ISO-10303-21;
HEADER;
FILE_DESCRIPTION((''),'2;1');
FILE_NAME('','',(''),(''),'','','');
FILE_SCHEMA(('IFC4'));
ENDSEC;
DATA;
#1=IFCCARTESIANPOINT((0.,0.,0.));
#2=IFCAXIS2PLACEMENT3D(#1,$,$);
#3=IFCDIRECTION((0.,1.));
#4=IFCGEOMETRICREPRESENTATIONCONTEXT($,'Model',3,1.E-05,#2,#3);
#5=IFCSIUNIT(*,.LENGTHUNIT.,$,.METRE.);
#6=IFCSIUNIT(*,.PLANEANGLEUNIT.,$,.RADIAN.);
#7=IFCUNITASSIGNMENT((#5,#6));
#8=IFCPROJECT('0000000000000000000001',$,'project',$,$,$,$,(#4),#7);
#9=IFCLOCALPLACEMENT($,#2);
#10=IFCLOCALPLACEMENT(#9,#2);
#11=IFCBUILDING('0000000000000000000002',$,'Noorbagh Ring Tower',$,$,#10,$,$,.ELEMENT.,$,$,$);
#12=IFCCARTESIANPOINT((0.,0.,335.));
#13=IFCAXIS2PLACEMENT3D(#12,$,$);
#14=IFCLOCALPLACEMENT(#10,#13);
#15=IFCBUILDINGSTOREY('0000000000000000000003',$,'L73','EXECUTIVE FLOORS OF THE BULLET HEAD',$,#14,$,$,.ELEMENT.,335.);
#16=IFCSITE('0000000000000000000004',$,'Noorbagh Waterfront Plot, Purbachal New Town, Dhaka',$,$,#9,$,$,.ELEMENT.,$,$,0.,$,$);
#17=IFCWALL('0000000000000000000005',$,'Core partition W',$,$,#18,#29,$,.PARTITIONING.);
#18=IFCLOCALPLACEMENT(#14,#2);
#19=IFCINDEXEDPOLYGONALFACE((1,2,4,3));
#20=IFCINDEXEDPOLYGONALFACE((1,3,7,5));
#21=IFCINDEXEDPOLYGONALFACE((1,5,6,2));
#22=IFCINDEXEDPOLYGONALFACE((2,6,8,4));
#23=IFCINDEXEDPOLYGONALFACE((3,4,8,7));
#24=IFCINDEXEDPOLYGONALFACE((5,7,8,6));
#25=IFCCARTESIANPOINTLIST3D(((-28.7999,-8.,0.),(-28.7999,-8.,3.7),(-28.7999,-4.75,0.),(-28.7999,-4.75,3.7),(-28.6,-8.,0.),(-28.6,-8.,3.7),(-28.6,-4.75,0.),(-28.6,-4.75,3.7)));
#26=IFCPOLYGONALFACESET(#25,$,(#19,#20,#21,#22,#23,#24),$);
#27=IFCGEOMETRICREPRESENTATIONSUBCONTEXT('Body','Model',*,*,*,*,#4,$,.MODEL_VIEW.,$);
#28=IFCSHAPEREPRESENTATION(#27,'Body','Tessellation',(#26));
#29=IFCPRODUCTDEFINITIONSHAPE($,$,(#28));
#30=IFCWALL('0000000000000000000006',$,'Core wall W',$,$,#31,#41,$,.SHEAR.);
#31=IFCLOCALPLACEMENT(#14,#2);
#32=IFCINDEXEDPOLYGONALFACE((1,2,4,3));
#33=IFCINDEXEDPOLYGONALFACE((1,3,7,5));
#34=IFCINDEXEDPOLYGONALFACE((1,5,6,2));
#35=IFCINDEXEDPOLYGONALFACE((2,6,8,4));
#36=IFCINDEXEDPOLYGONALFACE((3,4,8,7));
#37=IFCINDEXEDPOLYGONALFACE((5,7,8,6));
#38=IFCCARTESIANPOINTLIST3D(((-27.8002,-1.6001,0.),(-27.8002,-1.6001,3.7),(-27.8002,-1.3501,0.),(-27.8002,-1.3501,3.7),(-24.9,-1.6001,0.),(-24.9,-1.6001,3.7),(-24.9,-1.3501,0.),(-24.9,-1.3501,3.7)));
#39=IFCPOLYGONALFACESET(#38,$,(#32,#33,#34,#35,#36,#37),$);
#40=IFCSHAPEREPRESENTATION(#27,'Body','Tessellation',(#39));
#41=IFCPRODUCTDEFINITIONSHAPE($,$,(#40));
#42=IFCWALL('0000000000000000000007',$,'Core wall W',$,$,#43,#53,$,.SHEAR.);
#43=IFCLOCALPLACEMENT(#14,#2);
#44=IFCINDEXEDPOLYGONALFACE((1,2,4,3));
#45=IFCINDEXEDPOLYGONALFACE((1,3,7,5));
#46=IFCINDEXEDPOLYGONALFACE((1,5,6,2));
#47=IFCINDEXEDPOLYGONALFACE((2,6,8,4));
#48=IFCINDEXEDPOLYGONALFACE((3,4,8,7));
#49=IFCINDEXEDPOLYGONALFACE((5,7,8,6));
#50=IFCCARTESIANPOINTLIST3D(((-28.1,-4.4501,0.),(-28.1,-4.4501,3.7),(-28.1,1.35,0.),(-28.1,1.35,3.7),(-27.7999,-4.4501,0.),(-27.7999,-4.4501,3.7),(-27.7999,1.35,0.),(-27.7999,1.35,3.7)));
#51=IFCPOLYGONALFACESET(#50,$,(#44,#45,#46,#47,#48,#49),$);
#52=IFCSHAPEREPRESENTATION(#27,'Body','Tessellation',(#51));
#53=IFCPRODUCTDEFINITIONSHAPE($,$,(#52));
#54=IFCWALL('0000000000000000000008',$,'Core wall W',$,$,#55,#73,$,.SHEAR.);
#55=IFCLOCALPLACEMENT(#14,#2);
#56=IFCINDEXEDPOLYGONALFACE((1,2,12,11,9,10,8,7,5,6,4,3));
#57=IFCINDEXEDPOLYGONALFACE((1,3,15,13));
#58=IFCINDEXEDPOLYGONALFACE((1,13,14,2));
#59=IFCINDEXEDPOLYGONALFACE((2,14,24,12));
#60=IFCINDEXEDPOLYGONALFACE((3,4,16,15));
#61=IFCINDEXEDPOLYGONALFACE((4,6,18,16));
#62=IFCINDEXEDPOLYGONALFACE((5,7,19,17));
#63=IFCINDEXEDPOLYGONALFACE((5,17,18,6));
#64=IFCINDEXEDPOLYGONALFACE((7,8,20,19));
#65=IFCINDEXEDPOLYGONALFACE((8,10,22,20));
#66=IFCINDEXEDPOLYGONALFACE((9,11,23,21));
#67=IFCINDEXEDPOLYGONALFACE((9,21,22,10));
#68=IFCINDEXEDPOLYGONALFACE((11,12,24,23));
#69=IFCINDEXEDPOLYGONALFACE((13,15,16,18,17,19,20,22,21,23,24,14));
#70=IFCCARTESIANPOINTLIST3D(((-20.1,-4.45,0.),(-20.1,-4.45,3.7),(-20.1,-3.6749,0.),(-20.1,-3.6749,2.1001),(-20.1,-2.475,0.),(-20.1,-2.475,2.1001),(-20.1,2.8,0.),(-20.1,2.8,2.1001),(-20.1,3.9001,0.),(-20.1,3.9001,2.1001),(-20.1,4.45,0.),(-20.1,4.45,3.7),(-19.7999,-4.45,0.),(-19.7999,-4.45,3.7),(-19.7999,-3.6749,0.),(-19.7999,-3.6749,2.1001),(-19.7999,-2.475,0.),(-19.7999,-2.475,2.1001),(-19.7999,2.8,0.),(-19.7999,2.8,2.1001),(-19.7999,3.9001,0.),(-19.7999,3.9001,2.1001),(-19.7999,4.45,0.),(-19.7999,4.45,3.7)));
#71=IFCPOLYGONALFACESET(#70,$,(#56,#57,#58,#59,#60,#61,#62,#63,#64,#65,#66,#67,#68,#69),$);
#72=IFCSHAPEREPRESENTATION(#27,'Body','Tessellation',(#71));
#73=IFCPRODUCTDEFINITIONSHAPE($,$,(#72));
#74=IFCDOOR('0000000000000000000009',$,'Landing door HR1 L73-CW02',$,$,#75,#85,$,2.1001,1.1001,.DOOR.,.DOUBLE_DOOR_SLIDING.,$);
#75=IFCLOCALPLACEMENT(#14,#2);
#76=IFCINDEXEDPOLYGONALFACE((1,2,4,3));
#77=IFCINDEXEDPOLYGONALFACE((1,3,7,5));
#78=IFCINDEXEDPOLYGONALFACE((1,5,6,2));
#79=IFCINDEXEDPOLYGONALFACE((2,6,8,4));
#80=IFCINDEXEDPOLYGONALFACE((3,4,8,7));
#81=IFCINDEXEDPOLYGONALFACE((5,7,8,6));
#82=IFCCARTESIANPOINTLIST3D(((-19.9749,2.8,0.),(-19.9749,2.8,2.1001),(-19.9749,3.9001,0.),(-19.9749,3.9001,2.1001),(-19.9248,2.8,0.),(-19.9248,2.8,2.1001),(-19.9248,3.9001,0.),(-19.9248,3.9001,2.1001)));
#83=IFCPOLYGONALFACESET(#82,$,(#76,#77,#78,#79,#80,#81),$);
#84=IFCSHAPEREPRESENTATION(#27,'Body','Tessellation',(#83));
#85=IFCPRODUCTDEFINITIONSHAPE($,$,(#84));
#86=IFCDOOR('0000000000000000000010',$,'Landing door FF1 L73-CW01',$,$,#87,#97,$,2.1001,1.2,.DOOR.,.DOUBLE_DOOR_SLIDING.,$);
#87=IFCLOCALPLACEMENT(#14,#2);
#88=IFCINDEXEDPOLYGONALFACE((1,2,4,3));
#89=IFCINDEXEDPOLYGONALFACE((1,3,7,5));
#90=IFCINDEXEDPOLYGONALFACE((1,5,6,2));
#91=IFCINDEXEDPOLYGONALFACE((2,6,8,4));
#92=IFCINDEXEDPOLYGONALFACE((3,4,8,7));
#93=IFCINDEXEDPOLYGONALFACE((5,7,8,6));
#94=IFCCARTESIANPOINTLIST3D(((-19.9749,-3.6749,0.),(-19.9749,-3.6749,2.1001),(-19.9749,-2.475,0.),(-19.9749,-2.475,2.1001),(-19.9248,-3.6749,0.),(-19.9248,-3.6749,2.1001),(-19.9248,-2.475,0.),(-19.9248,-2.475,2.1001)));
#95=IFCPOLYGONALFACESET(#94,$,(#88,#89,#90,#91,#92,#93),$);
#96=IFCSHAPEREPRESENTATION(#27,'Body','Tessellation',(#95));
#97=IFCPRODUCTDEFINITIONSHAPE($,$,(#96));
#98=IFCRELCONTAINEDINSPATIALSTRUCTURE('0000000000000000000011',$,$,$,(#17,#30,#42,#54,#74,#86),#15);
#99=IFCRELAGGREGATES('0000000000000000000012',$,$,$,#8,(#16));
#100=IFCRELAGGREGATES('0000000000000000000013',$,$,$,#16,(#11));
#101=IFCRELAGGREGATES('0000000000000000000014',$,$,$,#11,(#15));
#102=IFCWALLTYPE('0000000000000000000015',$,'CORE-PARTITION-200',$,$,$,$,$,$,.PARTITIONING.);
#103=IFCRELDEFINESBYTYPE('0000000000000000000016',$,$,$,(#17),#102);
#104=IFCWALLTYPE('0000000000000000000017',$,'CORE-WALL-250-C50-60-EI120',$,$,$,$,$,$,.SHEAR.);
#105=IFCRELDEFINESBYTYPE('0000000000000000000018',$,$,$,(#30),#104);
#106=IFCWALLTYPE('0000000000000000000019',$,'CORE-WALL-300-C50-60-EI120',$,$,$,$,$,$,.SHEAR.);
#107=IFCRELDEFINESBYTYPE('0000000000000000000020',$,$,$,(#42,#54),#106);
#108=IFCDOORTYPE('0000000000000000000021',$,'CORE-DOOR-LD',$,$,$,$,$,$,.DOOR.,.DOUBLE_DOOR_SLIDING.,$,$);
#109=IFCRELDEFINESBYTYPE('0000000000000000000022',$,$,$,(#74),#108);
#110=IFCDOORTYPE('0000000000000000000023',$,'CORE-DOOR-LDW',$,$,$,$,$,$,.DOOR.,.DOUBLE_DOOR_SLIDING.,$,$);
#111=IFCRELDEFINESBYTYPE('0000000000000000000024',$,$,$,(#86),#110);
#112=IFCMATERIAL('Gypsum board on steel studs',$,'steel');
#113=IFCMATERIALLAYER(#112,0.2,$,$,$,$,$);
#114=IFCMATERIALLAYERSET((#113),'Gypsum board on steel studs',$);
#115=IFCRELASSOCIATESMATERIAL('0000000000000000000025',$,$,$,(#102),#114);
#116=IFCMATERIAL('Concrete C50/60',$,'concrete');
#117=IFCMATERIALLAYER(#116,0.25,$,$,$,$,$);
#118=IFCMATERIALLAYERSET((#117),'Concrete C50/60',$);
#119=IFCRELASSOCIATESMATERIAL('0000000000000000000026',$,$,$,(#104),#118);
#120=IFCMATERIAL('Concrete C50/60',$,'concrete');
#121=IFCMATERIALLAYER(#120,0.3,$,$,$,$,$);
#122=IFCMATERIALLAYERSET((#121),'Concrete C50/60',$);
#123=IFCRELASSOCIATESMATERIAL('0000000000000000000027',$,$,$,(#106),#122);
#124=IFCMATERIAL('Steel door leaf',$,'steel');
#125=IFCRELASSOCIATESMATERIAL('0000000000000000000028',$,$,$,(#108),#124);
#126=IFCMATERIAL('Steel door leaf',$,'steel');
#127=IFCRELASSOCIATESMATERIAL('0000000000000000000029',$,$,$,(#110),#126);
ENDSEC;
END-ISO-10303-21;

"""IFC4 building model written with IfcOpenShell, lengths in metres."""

from ifc_helpers import new_model, si_unit, direction, frame, frame_2d, origin, place, context, subcontext, project, spatial, rectangle, extrude, material, layer, layer_set, type_object, element, fill, save


model = new_model("IFC4")

# Units and contexts
model_context = context("Model", 3, precision=1e-05, world=origin(), true_north=direction((0.0, 1.0)))
body_context = subcontext(model_context, "Body", "Model", "MODEL_VIEW")
ifc_project = project(units=[si_unit("LENGTHUNIT", "METRE"), si_unit("PLANEANGLEUNIT", "RADIAN")], contexts=[model_context])

# Site, building, storey
site_placement = place(None, origin())
site = spatial("IfcSite", under=ifc_project, at=site_placement, Name="Noorbagh Waterfront Plot, Purbachal New Town, Dhaka", CompositionType="ELEMENT", RefElevation=0.0)
building_placement = place(site_placement, origin())
building = spatial("IfcBuilding", under=site, at=building_placement, Name="Noorbagh Ring Tower", CompositionType="ELEMENT")
storey_placement = place(building_placement, frame((0.0, 0.0, 335.0)))
storey = spatial("IfcBuildingStorey", under=building, at=storey_placement, Name="L73", Description="EXECUTIVE FLOORS OF THE BULLET HEAD", CompositionType="ELEMENT", Elevation=335.0)

# Walls
ifc_material_1 = material(Name="Gypsum board on steel studs", Category="steel")
ifc_layer_1 = layer(ifc_material_1, 0.2)
ifc_layer_set_1 = layer_set([ifc_layer_1], Name="Gypsum board on steel studs")
wall_type_1 = type_object("IfcWallType", Name="CORE-PARTITION-200", PredefinedType="PARTITIONING", material=ifc_layer_set_1)
wall_1_placement = place(storey_placement, frame((-28.7, -8.0, 0.0), z_axis=(0.0, 0.0, 1.0), x_axis=(0.0, 1.0, 0.0)))
element("IfcWall", 1, at=wall_1_placement, inside=storey, type_object=wall_type_1, Name="Core partition W", PredefinedType="PARTITIONING", context=body_context, shape_type="SweptSolid", body=[
    extrude(rectangle(XDim=3.25, YDim=0.2, at=frame_2d((1.625, 0.0))), origin(), (0.0, 0.0, 1.0), 3.7),
])
ifc_material_2 = material(Name="Concrete C50/60", Category="concrete")
ifc_layer_2 = layer(ifc_material_2, 0.25)
ifc_layer_set_2 = layer_set([ifc_layer_2], Name="Concrete C50/60")
wall_type_2 = type_object("IfcWallType", Name="CORE-WALL-250-C50-60-EI120", PredefinedType="SHEAR", material=ifc_layer_set_2)
wall_2_placement = place(storey_placement, frame((-24.8999, -1.4751, 0.0), z_axis=(0.0, 0.0, 1.0), x_axis=(-1.0, 0.0, 0.0)))
element("IfcWall", 2, at=wall_2_placement, inside=storey, type_object=wall_type_2, Name="Core wall W", PredefinedType="SHEAR", context=body_context, shape_type="SweptSolid", body=[
    extrude(rectangle(XDim=2.9001, YDim=0.25, at=frame_2d((1.4502, 0.0))), origin(), (0.0, 0.0, 1.0), 3.7),
])
ifc_material_3 = material(Name="Concrete C50/60", Category="concrete")
ifc_layer_3 = layer(ifc_material_3, 0.3)
ifc_layer_set_3 = layer_set([ifc_layer_3], Name="Concrete C50/60")
wall_type_3 = type_object("IfcWallType", Name="CORE-WALL-300-C50-60-EI120", PredefinedType="SHEAR", material=ifc_layer_set_3)
wall_3_placement = place(storey_placement, frame((-27.95, -4.45, 0.0), z_axis=(0.0, 0.0, 1.0), x_axis=(0.0, 1.0, 0.0)))
element("IfcWall", 3, at=wall_3_placement, inside=storey, type_object=wall_type_3, Name="Core wall W", PredefinedType="SHEAR", context=body_context, shape_type="SweptSolid", body=[
    extrude(rectangle(XDim=5.8, YDim=0.3, at=frame_2d((2.8999, 0.0))), origin(), (0.0, 0.0, 1.0), 3.7),
])

# Wall, openings, doors
wall_4_placement = place(storey_placement, frame((-19.95, -4.45, 0.0), z_axis=(0.0, 0.0, 1.0), x_axis=(0.0, 1.0, 0.0)))
wall_4 = element("IfcWall", 4, at=wall_4_placement, inside=storey, type_object=wall_type_3, Name="Core wall W", PredefinedType="SHEAR", context=body_context, shape_type="SweptSolid", body=[
    extrude(rectangle(XDim=8.8999, YDim=0.3, at=frame_2d((4.45, 0.0))), origin(), (0.0, 0.0, 1.0), 3.7),
])
opening_1_placement = place(wall_4_placement, frame((0.7749, 0.0, 0.0)))
opening_1 = element("IfcOpeningElement", 5, at=opening_1_placement, cuts=wall_4, PredefinedType="OPENING", context=body_context, shape_type="SweptSolid", body=[
    extrude(rectangle(XDim=1.2, YDim=2.1001, at=frame_2d((0.6001, 1.05))), frame((0.0, 0.1602, 0.0), z_axis=(0.0, -1.0, 0.0), x_axis=(1.0, 0.0, 0.0)), (0.0, 0.0, 1.0), 0.3201),
])
opening_2_placement = place(wall_4_placement, frame((7.25, 0.0, 0.0)))
opening_2 = element("IfcOpeningElement", 6, at=opening_2_placement, cuts=wall_4, PredefinedType="OPENING", context=body_context, shape_type="SweptSolid", body=[
    extrude(rectangle(XDim=1.1001, YDim=2.1001, at=frame_2d((0.55, 1.05))), frame((0.0, 0.1602, 0.0), z_axis=(0.0, -1.0, 0.0), x_axis=(1.0, 0.0, 0.0)), (0.0, 0.0, 1.0), 0.3201),
])
ifc_material_4 = material(Name="Steel door leaf", Category="steel")
door_type_1 = type_object("IfcDoorType", Name="CORE-DOOR-LD", OperationType="DOUBLE_DOOR_SLIDING", PredefinedType="DOOR", material=ifc_material_4)
door_1_placement = place(opening_2_placement, origin())
door_1 = element("IfcDoor", 7, at=door_1_placement, inside=storey, type_object=door_type_1, Name="Landing door HR1 L73-CW02", OperationType="DOUBLE_DOOR_SLIDING", OverallHeight=2.1001, OverallWidth=1.1001, PredefinedType="DOOR", context=body_context, shape_type="SweptSolid", body=[
    extrude(rectangle(XDim=1.1001, YDim=2.1001, at=frame_2d((0.55, 1.05))), frame((0.0, 0.0249, 0.0), z_axis=(0.0, -1.0, 0.0), x_axis=(1.0, 0.0, 0.0)), (0.0, 0.0, 1.0), 0.05),
])
fill(opening_2, door_1)
ifc_material_5 = material(Name="Steel door leaf", Category="steel")
door_type_2 = type_object("IfcDoorType", Name="CORE-DOOR-LDW", OperationType="DOUBLE_DOOR_SLIDING", PredefinedType="DOOR", material=ifc_material_5)
door_2_placement = place(opening_1_placement, origin())
door_2 = element("IfcDoor", 8, at=door_2_placement, inside=storey, type_object=door_type_2, Name="Landing door FF1 L73-CW01", OperationType="DOUBLE_DOOR_SLIDING", OverallHeight=2.1001, OverallWidth=1.2, PredefinedType="DOOR", context=body_context, shape_type="SweptSolid", body=[
    extrude(rectangle(XDim=1.2, YDim=2.1001, at=frame_2d((0.6001, 1.05))), frame((0.0, 0.0249, 0.0), z_axis=(0.0, -1.0, 0.0), x_axis=(1.0, 0.0, 0.0)), (0.0, 0.0, 1.0), 0.05),
])
fill(opening_1, door_2)

save(model, "model.ifc")
